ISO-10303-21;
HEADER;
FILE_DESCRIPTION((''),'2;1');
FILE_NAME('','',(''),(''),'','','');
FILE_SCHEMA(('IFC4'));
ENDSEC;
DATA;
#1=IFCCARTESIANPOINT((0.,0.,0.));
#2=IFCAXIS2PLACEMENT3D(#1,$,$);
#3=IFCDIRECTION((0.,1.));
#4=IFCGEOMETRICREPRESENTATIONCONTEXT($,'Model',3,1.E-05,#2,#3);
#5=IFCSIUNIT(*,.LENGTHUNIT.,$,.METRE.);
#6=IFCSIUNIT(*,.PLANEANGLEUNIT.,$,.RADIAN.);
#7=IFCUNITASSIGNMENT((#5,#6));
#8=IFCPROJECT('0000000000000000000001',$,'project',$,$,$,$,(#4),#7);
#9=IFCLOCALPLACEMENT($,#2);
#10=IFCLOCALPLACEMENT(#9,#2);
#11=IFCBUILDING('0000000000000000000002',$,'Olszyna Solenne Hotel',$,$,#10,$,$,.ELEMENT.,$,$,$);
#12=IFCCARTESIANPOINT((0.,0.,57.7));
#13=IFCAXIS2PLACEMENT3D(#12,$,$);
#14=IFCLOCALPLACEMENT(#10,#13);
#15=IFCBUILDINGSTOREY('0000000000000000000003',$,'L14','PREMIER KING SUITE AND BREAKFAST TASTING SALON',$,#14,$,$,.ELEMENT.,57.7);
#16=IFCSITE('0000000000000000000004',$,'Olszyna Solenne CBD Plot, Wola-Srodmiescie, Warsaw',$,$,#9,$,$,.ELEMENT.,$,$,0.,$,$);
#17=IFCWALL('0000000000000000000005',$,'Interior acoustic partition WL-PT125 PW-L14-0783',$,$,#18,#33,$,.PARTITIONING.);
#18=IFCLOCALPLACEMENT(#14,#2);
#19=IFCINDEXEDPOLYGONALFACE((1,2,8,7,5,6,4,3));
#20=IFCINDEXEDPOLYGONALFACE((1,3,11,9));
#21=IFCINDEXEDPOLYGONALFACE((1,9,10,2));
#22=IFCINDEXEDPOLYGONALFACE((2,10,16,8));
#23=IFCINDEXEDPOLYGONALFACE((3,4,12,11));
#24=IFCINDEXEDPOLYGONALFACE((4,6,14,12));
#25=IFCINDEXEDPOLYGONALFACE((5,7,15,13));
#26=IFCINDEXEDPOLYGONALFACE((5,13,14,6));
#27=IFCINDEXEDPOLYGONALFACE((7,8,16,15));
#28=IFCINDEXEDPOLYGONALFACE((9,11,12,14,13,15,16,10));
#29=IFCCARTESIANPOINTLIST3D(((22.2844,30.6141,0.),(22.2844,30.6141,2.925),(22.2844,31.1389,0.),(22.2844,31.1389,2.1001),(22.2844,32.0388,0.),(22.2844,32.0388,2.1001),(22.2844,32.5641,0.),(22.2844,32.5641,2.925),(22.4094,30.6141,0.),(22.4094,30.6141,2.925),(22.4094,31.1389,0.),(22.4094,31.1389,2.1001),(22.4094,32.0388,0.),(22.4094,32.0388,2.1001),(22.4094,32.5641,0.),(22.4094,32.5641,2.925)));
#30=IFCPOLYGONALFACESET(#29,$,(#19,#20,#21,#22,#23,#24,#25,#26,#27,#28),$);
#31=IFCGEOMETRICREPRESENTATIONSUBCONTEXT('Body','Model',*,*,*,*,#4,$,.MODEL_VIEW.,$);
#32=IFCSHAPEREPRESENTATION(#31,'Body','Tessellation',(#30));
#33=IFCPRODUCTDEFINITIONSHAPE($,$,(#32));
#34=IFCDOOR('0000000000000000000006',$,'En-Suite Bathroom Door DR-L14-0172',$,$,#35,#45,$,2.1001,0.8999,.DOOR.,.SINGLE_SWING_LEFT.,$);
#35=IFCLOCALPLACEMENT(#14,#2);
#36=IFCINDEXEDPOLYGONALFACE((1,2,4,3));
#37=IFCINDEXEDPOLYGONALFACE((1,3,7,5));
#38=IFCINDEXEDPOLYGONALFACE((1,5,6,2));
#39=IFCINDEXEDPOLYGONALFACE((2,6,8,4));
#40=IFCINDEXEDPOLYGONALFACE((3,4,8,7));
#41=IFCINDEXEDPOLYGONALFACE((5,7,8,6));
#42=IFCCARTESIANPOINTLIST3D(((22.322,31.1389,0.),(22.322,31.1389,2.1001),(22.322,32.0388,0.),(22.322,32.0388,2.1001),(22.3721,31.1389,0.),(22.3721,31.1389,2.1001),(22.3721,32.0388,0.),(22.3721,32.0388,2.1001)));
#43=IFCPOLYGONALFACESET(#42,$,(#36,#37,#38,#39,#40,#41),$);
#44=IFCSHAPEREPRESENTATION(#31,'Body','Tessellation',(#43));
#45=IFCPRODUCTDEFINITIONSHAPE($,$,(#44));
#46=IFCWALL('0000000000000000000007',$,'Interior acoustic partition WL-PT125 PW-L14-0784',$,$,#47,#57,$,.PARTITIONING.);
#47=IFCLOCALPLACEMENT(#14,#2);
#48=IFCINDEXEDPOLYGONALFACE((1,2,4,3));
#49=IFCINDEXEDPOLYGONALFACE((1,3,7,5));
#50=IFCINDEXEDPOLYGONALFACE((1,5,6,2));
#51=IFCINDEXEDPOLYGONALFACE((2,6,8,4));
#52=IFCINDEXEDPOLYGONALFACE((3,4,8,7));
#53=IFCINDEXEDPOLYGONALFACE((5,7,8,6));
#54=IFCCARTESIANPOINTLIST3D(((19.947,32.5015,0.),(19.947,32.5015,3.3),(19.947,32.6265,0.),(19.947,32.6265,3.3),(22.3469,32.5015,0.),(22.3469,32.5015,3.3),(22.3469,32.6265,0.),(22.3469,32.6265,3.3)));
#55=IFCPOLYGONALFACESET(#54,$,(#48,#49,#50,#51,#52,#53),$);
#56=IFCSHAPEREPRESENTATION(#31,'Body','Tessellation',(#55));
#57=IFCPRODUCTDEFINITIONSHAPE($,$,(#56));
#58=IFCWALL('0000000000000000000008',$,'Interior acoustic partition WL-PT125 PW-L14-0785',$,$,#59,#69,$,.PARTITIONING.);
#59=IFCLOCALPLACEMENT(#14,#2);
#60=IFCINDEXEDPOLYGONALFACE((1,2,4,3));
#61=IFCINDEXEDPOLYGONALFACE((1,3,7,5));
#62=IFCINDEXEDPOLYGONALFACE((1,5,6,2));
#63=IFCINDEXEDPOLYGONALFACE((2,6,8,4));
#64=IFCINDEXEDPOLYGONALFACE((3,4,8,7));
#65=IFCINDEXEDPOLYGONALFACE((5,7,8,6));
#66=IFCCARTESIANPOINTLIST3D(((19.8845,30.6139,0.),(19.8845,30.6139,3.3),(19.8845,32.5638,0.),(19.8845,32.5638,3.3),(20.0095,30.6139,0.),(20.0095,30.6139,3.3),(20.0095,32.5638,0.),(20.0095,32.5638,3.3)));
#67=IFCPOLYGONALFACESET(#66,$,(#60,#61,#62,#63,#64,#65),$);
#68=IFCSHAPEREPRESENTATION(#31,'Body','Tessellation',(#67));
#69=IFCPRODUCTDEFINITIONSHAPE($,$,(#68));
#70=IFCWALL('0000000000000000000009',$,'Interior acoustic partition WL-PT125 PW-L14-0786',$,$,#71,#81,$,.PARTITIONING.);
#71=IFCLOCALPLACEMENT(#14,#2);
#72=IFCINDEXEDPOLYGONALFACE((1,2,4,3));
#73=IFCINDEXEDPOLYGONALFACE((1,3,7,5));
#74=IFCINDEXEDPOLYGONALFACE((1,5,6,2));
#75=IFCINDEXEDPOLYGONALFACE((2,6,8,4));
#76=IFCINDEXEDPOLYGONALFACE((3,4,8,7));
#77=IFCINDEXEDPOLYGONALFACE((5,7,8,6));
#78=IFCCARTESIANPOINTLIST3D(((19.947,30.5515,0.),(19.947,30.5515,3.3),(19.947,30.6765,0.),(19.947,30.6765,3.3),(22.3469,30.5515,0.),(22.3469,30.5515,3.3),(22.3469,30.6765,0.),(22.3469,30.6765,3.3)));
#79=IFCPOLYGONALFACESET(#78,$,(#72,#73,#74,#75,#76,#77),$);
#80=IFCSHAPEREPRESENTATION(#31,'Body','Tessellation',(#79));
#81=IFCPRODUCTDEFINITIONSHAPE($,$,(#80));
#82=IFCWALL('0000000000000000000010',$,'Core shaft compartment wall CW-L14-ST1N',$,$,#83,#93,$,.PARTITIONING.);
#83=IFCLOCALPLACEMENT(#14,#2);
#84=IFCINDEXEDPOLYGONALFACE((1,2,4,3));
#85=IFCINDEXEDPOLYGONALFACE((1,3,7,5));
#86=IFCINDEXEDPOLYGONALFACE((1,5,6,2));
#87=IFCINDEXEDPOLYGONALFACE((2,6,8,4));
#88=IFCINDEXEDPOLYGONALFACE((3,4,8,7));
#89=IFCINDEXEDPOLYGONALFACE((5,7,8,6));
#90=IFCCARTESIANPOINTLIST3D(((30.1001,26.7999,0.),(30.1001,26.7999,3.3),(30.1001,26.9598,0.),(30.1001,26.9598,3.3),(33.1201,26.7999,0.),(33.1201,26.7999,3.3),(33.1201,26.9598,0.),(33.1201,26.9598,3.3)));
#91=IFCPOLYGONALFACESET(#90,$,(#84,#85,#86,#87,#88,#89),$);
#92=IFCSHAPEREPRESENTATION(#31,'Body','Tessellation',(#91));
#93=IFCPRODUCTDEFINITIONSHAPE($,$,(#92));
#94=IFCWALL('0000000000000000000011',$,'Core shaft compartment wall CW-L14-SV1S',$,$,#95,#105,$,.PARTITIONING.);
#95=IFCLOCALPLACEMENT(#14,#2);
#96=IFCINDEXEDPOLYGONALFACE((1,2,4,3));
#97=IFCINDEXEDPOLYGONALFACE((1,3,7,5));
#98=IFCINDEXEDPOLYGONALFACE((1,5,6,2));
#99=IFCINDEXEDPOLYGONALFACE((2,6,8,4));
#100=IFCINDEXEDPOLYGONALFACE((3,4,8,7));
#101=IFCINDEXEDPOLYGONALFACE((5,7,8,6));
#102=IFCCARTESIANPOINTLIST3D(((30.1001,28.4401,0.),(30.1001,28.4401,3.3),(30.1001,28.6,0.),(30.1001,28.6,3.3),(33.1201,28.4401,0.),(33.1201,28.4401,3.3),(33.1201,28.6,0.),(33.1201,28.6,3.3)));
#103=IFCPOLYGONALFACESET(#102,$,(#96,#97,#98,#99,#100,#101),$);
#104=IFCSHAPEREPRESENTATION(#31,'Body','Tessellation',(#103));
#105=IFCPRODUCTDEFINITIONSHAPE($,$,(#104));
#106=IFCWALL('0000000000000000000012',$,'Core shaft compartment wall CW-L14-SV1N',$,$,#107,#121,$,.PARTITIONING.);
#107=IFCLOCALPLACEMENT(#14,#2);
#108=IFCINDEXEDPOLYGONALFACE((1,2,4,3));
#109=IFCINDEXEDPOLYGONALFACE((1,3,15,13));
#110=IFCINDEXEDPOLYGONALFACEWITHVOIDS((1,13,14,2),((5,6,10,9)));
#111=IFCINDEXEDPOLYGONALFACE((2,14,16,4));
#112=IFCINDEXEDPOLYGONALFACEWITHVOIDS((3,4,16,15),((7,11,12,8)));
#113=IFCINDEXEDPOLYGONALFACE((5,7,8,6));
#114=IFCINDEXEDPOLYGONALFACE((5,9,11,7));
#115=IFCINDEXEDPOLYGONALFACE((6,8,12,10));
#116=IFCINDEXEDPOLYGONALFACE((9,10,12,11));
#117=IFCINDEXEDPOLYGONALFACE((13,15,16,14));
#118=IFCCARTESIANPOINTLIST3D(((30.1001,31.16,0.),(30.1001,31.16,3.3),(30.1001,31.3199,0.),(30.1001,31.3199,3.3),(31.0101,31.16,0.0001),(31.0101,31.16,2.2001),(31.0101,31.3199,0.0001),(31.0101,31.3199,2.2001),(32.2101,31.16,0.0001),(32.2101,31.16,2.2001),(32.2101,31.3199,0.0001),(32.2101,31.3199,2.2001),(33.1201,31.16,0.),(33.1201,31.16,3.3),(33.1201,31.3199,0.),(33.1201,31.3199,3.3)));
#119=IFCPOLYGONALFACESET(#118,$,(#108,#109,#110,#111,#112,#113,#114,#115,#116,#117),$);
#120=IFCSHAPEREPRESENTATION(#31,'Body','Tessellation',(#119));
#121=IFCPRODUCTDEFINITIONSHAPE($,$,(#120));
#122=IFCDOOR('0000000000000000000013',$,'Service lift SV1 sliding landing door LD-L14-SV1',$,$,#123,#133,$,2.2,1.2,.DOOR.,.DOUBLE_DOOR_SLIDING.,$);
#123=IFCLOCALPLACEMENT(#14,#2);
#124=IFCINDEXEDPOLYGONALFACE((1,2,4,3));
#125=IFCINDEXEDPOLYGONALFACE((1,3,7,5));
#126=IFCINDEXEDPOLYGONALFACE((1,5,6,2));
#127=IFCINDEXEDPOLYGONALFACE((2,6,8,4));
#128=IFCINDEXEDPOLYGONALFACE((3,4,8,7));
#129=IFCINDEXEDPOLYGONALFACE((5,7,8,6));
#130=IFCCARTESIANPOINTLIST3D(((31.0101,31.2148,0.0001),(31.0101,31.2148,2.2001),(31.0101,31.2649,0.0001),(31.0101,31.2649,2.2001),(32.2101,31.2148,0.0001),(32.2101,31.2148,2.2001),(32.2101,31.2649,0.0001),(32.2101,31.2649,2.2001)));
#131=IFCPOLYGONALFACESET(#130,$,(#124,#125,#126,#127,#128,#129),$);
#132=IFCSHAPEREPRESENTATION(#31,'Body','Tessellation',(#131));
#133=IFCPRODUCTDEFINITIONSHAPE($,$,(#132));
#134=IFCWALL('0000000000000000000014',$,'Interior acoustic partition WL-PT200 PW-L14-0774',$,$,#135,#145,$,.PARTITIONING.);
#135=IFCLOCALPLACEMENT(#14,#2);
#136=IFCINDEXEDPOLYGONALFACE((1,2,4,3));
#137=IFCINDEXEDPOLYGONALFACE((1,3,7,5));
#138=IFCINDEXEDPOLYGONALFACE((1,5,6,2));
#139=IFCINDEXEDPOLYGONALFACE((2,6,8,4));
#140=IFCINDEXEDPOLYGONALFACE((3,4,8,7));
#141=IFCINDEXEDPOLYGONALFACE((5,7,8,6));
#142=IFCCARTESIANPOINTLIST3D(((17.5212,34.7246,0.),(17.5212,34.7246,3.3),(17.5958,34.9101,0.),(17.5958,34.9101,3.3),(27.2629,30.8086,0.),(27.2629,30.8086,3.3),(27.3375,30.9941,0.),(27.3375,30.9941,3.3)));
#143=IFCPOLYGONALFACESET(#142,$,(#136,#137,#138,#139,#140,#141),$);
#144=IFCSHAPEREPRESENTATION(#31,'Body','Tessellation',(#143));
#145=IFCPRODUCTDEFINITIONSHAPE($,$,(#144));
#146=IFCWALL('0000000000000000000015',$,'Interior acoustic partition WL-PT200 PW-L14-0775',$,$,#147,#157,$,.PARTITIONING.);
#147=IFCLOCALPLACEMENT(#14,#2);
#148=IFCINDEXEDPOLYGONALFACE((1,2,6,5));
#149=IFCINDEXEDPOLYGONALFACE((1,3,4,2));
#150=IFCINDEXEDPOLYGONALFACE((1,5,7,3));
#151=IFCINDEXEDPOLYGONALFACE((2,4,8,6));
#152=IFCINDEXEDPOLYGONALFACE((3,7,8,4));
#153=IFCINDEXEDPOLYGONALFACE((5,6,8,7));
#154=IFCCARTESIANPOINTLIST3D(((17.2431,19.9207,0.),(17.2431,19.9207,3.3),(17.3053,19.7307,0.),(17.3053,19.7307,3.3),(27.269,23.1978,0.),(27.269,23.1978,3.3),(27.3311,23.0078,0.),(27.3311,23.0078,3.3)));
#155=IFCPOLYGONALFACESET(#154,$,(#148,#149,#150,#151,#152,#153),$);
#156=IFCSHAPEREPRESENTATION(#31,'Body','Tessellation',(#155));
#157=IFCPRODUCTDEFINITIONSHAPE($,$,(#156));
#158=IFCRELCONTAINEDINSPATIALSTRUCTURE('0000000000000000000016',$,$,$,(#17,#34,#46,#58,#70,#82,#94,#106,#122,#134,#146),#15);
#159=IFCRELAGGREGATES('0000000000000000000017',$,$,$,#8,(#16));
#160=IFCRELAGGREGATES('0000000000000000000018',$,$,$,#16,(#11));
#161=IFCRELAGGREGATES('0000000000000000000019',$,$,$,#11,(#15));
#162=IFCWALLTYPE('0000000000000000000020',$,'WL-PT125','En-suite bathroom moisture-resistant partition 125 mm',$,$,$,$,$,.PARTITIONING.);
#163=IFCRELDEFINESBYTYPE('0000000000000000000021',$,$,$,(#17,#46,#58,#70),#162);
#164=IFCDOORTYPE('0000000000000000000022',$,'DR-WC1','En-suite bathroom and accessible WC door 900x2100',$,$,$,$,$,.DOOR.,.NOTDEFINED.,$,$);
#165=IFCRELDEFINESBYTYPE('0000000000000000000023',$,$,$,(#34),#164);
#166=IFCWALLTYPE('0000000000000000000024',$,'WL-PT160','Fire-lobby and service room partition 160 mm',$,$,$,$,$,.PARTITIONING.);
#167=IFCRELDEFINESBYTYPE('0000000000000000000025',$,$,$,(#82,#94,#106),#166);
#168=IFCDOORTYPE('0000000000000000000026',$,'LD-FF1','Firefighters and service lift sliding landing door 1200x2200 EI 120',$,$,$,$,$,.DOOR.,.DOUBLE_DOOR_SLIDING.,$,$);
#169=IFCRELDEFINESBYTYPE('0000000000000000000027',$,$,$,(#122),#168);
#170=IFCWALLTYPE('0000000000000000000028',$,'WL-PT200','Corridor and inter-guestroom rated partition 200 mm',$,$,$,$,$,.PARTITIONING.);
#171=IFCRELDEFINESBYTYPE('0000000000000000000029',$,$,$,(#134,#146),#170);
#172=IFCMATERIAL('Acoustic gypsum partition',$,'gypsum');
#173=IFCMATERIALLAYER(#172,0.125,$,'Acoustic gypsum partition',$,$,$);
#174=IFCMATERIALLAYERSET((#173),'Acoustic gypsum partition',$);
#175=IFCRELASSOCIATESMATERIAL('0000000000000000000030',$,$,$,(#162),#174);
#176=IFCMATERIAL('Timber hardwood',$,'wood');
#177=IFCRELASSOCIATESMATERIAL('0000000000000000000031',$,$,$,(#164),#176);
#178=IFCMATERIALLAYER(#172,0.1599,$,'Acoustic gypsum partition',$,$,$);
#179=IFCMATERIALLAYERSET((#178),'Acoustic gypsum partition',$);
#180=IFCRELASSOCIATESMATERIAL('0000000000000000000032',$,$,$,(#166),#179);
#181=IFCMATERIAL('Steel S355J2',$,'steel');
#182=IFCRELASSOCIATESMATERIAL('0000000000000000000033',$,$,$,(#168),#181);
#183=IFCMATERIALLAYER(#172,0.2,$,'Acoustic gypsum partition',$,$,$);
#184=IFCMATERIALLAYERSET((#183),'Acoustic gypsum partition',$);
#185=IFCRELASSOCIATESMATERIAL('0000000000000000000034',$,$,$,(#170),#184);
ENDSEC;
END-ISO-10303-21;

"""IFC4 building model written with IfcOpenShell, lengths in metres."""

from ifc_helpers import new_model, si_unit, direction, frame, frame_2d, origin, place, context, subcontext, project, spatial, rectangle, extrude, source, transform, mapped, material, layer, layer_set, type_object, type_shapes, element, fill, save


model = new_model("IFC4")

# Units and contexts
model_context = context("Model", 3, precision=1e-05, world=origin(), true_north=direction((0.0, 1.0)))
body_context = subcontext(model_context, "Body", "Model", "MODEL_VIEW")
ifc_project = project(units=[si_unit("LENGTHUNIT", "METRE"), si_unit("PLANEANGLEUNIT", "RADIAN")], contexts=[model_context])

# Site, building, storey
site_placement = place(None, origin())
site = spatial("IfcSite", under=ifc_project, at=site_placement, Name="Olszyna Solenne CBD Plot, Wola-Srodmiescie, Warsaw", CompositionType="ELEMENT", RefElevation=0.0)
building_placement = place(site_placement, origin())
building = spatial("IfcBuilding", under=site, at=building_placement, Name="Olszyna Solenne Hotel", CompositionType="ELEMENT")
storey_placement = place(building_placement, frame((0.0, 0.0, 57.7)))
storey = spatial("IfcBuildingStorey", under=building, at=storey_placement, Name="L14", Description="PREMIER KING SUITE AND BREAKFAST TASTING SALON", CompositionType="ELEMENT", Elevation=57.7)

# Shared definitions
ifc_material_1 = material(Name="Steel S355J2", Category="steel")

# Shared definitions
ifc_material_2 = material(Name="Acoustic gypsum partition", Category="gypsum")
ifc_layer_1 = layer(ifc_material_2, 0.125, Name="Acoustic gypsum partition")
ifc_layer_set_1 = layer_set([ifc_layer_1], Name="Acoustic gypsum partition")
wall_type_1 = type_object("IfcWallType", Name="WL-PT125", Description="En-suite bathroom moisture-resistant partition 125 mm", PredefinedType="PARTITIONING", material=ifc_layer_set_1)

# Wall, opening, door
wall_1_placement = place(storey_placement, frame((22.3469, 30.614, 0.0), z_axis=(0.0, 0.0, 1.0), x_axis=(0.0, 1.0, 0.0)))
wall_1 = element("IfcWall", 1, at=wall_1_placement, inside=storey, type_object=wall_type_1, Name="Interior acoustic partition WL-PT125 PW-L14-0783", PredefinedType="PARTITIONING", context=body_context, shape_type="SweptSolid", body=[
    extrude(rectangle(XDim=1.95, YDim=0.125, at=frame_2d((0.9751, 0.0))), origin(), (0.0, 0.0, 1.0), 2.925),
])
opening_1_placement = place(wall_1_placement, frame((0.5249, 0.0, 0.0)))
opening_1 = element("IfcOpeningElement", 2, at=opening_1_placement, cuts=wall_1, PredefinedType="OPENING", context=body_context, shape_type="SweptSolid", body=[
    extrude(rectangle(XDim=0.8999, YDim=2.1001, at=frame_2d((0.45, 1.05))), frame((0.0, 0.0725, 0.0), z_axis=(0.0, -1.0, 0.0), x_axis=(1.0, 0.0, 0.0)), (0.0, 0.0, 1.0), 0.145),
])
ifc_material_3 = material(Name="Timber hardwood", Category="wood")
door_type_1 = type_object("IfcDoorType", Name="DR-WC1", Description="En-suite bathroom and accessible WC door 900x2100", OperationType="NOTDEFINED", PredefinedType="DOOR", material=ifc_material_3)
shared_shape_1 = source(origin(), body_context, "Body", "SweptSolid", [
    extrude(rectangle(XDim=0.8999, YDim=2.1001, at=frame_2d((0.45, 1.05))), frame((0.0, 0.0249, 0.0), z_axis=(0.0, -1.0, 0.0), x_axis=(1.0, 0.0, 0.0)), (0.0, 0.0, 1.0), 0.05),
])
type_shapes(door_type_1, [shared_shape_1])
door_1_placement = place(opening_1_placement, origin())
door_1 = element("IfcDoor", 3, at=door_1_placement, inside=storey, type_object=door_type_1, Name="En-Suite Bathroom Door DR-L14-0172", OperationType="SINGLE_SWING_LEFT", OverallHeight=2.1001, OverallWidth=0.8999, PredefinedType="DOOR", context=body_context, shape_type="MappedRepresentation", body=[
    mapped(shared_shape_1, transform((0.0, 0.0, 0.0), x_axis=(1.0, 0.0, 0.0), y_axis=(0.0, 1.0, 0.0), z_axis=(0.0, 0.0, 1.0), scale=1.0)),
])
fill(opening_1, door_1)

# Walls
wall_2_placement = place(storey_placement, frame((22.3469, 32.564, 0.0), z_axis=(0.0, 0.0, 1.0), x_axis=(-1.0, 0.0, 0.0)))
element("IfcWall", 4, at=wall_2_placement, inside=storey, type_object=wall_type_1, Name="Interior acoustic partition WL-PT125 PW-L14-0784", PredefinedType="PARTITIONING", context=body_context, shape_type="SweptSolid", body=[
    extrude(rectangle(XDim=2.3999, YDim=0.125, at=frame_2d((1.2, 0.0))), origin(), (0.0, 0.0, 1.0), 3.3),
])
wall_3_placement = place(storey_placement, frame((19.947, 32.564, 0.0), z_axis=(0.0, 0.0, 1.0), x_axis=(0.0, -1.0, 0.0)))
element("IfcWall", 5, at=wall_3_placement, inside=storey, type_object=wall_type_1, Name="Interior acoustic partition WL-PT125 PW-L14-0785", PredefinedType="PARTITIONING", context=body_context, shape_type="SweptSolid", body=[
    extrude(rectangle(XDim=1.95, YDim=0.125, at=frame_2d((0.9751, 0.0))), origin(), (0.0, 0.0, 1.0), 3.3),
])
wall_4_placement = place(storey_placement, frame((19.947, 30.614, 0.0), z_axis=(0.0, 0.0, 1.0), x_axis=(1.0, 0.0, 0.0)))
element("IfcWall", 6, at=wall_4_placement, inside=storey, type_object=wall_type_1, Name="Interior acoustic partition WL-PT125 PW-L14-0786", PredefinedType="PARTITIONING", context=body_context, shape_type="SweptSolid", body=[
    extrude(rectangle(XDim=2.3999, YDim=0.125, at=frame_2d((1.2, 0.0))), origin(), (0.0, 0.0, 1.0), 3.3),
])
ifc_layer_2 = layer(ifc_material_2, 0.1599, Name="Acoustic gypsum partition")
ifc_layer_set_2 = layer_set([ifc_layer_2], Name="Acoustic gypsum partition")
wall_type_2 = type_object("IfcWallType", Name="WL-PT160", Description="Fire-lobby and service room partition 160 mm", PredefinedType="PARTITIONING", material=ifc_layer_set_2)
for number, where, z_axis, x_axis, name in (
    (7, (30.1001, 26.8799, 0.0), (0.0, 0.0, 1.0), (1.0, 0.0, 0.0), "Core shaft compartment wall CW-L14-ST1N"),
    (8, (30.1001, 28.52, 0.0), (0.0, 0.0, 1.0), (1.0, 0.0, 0.0), "Core shaft compartment wall CW-L14-SV1S"),
):
    element("IfcWall", number, at=place(storey_placement, frame(where, z_axis=z_axis, x_axis=x_axis)), inside=storey, type_object=wall_type_2, Name=name, PredefinedType="PARTITIONING", context=body_context, shape_type="SweptSolid", body=[
        extrude(rectangle(XDim=3.02, YDim=0.1599, at=frame_2d((1.51, 0.0))), origin(), (0.0, 0.0, 1.0), 3.3),
    ])

# Wall, opening, door
wall_5_placement = place(storey_placement, frame((30.1001, 31.24, 0.0), z_axis=(0.0, 0.0, 1.0), x_axis=(1.0, 0.0, 0.0)))
wall_5 = element("IfcWall", 9, at=wall_5_placement, inside=storey, type_object=wall_type_2, Name="Core shaft compartment wall CW-L14-SV1N", PredefinedType="PARTITIONING", context=body_context, shape_type="SweptSolid", body=[
    extrude(rectangle(XDim=3.02, YDim=0.1599, at=frame_2d((1.51, 0.0))), origin(), (0.0, 0.0, 1.0), 3.3),
])
opening_2_placement = place(wall_5_placement, frame((0.9099, 0.0, 0.0)))
opening_2 = element("IfcOpeningElement", 10, at=opening_2_placement, cuts=wall_5, PredefinedType="OPENING", context=body_context, shape_type="SweptSolid", body=[
    extrude(rectangle(XDim=1.2, YDim=2.2, at=frame_2d((0.6001, 1.1001))), frame((0.0, 0.0898, 0.0), z_axis=(0.0, -1.0, 0.0), x_axis=(1.0, 0.0, 0.0)), (0.0, 0.0, 1.0), 0.1799),
])
door_type_2 = type_object("IfcDoorType", Name="LD-FF1", Description="Firefighters and service lift sliding landing door 1200x2200 EI 120", OperationType="DOUBLE_DOOR_SLIDING", PredefinedType="DOOR", material=ifc_material_1)
shared_shape_2 = source(origin(), body_context, "Body", "SweptSolid", [
    extrude(rectangle(XDim=1.2, YDim=2.2, at=frame_2d((0.6001, 1.1001))), frame((0.0, 0.0249, 0.0), z_axis=(0.0, -1.0, 0.0), x_axis=(1.0, 0.0, 0.0)), (0.0, 0.0, 1.0), 0.05),
])
type_shapes(door_type_2, [shared_shape_2])
door_2_placement = place(opening_2_placement, origin())
door_2 = element("IfcDoor", 11, at=door_2_placement, inside=storey, type_object=door_type_2, Name="Service lift SV1 sliding landing door LD-L14-SV1", OperationType="DOUBLE_DOOR_SLIDING", OverallHeight=2.2, OverallWidth=1.2, PredefinedType="DOOR", context=body_context, shape_type="MappedRepresentation", body=[
    mapped(shared_shape_2, transform((0.0, 0.0, 0.0), x_axis=(1.0, 0.0, 0.0), y_axis=(0.0, 1.0, 0.0), z_axis=(0.0, 0.0, 1.0), scale=1.0)),
])
fill(opening_2, door_2)

# Walls
ifc_layer_3 = layer(ifc_material_2, 0.2, Name="Acoustic gypsum partition")
ifc_layer_set_3 = layer_set([ifc_layer_3], Name="Acoustic gypsum partition")
wall_type_3 = type_object("IfcWallType", Name="WL-PT200", Description="Corridor and inter-guestroom rated partition 200 mm", PredefinedType="PARTITIONING", material=ifc_layer_set_3)
wall_6_placement = place(storey_placement, frame((27.3, 30.9014, 0.0), z_axis=(0.0, 0.0, 1.0), x_axis=(-0.92784, 0.372978, 0.0)))
element("IfcWall", 12, at=wall_6_placement, inside=storey, type_object=wall_type_3, Name="Interior acoustic partition WL-PT200 PW-L14-0774", PredefinedType="PARTITIONING", context=body_context, shape_type="SweptSolid", body=[
    extrude(rectangle(XDim=10.4993, YDim=0.2, at=frame_2d((5.2495, 0.0))), origin(), (0.0, 0.0, 1.0), 3.3),
])
wall_7_placement = place(storey_placement, frame((27.3, 23.1028, 0.0), z_axis=(0.0, 0.0, 1.0), x_axis=(-0.950512, -0.310688, 0.0)))
element("IfcWall", 13, at=wall_7_placement, inside=storey, type_object=wall_type_3, Name="Interior acoustic partition WL-PT200 PW-L14-0775", PredefinedType="PARTITIONING", context=body_context, shape_type="SweptSolid", body=[
    extrude(rectangle(XDim=10.5479, YDim=0.2, at=frame_2d((5.2739, 0.0))), origin(), (0.0, 0.0, 1.0), 3.3),
])

save(model, "model.ifc")
